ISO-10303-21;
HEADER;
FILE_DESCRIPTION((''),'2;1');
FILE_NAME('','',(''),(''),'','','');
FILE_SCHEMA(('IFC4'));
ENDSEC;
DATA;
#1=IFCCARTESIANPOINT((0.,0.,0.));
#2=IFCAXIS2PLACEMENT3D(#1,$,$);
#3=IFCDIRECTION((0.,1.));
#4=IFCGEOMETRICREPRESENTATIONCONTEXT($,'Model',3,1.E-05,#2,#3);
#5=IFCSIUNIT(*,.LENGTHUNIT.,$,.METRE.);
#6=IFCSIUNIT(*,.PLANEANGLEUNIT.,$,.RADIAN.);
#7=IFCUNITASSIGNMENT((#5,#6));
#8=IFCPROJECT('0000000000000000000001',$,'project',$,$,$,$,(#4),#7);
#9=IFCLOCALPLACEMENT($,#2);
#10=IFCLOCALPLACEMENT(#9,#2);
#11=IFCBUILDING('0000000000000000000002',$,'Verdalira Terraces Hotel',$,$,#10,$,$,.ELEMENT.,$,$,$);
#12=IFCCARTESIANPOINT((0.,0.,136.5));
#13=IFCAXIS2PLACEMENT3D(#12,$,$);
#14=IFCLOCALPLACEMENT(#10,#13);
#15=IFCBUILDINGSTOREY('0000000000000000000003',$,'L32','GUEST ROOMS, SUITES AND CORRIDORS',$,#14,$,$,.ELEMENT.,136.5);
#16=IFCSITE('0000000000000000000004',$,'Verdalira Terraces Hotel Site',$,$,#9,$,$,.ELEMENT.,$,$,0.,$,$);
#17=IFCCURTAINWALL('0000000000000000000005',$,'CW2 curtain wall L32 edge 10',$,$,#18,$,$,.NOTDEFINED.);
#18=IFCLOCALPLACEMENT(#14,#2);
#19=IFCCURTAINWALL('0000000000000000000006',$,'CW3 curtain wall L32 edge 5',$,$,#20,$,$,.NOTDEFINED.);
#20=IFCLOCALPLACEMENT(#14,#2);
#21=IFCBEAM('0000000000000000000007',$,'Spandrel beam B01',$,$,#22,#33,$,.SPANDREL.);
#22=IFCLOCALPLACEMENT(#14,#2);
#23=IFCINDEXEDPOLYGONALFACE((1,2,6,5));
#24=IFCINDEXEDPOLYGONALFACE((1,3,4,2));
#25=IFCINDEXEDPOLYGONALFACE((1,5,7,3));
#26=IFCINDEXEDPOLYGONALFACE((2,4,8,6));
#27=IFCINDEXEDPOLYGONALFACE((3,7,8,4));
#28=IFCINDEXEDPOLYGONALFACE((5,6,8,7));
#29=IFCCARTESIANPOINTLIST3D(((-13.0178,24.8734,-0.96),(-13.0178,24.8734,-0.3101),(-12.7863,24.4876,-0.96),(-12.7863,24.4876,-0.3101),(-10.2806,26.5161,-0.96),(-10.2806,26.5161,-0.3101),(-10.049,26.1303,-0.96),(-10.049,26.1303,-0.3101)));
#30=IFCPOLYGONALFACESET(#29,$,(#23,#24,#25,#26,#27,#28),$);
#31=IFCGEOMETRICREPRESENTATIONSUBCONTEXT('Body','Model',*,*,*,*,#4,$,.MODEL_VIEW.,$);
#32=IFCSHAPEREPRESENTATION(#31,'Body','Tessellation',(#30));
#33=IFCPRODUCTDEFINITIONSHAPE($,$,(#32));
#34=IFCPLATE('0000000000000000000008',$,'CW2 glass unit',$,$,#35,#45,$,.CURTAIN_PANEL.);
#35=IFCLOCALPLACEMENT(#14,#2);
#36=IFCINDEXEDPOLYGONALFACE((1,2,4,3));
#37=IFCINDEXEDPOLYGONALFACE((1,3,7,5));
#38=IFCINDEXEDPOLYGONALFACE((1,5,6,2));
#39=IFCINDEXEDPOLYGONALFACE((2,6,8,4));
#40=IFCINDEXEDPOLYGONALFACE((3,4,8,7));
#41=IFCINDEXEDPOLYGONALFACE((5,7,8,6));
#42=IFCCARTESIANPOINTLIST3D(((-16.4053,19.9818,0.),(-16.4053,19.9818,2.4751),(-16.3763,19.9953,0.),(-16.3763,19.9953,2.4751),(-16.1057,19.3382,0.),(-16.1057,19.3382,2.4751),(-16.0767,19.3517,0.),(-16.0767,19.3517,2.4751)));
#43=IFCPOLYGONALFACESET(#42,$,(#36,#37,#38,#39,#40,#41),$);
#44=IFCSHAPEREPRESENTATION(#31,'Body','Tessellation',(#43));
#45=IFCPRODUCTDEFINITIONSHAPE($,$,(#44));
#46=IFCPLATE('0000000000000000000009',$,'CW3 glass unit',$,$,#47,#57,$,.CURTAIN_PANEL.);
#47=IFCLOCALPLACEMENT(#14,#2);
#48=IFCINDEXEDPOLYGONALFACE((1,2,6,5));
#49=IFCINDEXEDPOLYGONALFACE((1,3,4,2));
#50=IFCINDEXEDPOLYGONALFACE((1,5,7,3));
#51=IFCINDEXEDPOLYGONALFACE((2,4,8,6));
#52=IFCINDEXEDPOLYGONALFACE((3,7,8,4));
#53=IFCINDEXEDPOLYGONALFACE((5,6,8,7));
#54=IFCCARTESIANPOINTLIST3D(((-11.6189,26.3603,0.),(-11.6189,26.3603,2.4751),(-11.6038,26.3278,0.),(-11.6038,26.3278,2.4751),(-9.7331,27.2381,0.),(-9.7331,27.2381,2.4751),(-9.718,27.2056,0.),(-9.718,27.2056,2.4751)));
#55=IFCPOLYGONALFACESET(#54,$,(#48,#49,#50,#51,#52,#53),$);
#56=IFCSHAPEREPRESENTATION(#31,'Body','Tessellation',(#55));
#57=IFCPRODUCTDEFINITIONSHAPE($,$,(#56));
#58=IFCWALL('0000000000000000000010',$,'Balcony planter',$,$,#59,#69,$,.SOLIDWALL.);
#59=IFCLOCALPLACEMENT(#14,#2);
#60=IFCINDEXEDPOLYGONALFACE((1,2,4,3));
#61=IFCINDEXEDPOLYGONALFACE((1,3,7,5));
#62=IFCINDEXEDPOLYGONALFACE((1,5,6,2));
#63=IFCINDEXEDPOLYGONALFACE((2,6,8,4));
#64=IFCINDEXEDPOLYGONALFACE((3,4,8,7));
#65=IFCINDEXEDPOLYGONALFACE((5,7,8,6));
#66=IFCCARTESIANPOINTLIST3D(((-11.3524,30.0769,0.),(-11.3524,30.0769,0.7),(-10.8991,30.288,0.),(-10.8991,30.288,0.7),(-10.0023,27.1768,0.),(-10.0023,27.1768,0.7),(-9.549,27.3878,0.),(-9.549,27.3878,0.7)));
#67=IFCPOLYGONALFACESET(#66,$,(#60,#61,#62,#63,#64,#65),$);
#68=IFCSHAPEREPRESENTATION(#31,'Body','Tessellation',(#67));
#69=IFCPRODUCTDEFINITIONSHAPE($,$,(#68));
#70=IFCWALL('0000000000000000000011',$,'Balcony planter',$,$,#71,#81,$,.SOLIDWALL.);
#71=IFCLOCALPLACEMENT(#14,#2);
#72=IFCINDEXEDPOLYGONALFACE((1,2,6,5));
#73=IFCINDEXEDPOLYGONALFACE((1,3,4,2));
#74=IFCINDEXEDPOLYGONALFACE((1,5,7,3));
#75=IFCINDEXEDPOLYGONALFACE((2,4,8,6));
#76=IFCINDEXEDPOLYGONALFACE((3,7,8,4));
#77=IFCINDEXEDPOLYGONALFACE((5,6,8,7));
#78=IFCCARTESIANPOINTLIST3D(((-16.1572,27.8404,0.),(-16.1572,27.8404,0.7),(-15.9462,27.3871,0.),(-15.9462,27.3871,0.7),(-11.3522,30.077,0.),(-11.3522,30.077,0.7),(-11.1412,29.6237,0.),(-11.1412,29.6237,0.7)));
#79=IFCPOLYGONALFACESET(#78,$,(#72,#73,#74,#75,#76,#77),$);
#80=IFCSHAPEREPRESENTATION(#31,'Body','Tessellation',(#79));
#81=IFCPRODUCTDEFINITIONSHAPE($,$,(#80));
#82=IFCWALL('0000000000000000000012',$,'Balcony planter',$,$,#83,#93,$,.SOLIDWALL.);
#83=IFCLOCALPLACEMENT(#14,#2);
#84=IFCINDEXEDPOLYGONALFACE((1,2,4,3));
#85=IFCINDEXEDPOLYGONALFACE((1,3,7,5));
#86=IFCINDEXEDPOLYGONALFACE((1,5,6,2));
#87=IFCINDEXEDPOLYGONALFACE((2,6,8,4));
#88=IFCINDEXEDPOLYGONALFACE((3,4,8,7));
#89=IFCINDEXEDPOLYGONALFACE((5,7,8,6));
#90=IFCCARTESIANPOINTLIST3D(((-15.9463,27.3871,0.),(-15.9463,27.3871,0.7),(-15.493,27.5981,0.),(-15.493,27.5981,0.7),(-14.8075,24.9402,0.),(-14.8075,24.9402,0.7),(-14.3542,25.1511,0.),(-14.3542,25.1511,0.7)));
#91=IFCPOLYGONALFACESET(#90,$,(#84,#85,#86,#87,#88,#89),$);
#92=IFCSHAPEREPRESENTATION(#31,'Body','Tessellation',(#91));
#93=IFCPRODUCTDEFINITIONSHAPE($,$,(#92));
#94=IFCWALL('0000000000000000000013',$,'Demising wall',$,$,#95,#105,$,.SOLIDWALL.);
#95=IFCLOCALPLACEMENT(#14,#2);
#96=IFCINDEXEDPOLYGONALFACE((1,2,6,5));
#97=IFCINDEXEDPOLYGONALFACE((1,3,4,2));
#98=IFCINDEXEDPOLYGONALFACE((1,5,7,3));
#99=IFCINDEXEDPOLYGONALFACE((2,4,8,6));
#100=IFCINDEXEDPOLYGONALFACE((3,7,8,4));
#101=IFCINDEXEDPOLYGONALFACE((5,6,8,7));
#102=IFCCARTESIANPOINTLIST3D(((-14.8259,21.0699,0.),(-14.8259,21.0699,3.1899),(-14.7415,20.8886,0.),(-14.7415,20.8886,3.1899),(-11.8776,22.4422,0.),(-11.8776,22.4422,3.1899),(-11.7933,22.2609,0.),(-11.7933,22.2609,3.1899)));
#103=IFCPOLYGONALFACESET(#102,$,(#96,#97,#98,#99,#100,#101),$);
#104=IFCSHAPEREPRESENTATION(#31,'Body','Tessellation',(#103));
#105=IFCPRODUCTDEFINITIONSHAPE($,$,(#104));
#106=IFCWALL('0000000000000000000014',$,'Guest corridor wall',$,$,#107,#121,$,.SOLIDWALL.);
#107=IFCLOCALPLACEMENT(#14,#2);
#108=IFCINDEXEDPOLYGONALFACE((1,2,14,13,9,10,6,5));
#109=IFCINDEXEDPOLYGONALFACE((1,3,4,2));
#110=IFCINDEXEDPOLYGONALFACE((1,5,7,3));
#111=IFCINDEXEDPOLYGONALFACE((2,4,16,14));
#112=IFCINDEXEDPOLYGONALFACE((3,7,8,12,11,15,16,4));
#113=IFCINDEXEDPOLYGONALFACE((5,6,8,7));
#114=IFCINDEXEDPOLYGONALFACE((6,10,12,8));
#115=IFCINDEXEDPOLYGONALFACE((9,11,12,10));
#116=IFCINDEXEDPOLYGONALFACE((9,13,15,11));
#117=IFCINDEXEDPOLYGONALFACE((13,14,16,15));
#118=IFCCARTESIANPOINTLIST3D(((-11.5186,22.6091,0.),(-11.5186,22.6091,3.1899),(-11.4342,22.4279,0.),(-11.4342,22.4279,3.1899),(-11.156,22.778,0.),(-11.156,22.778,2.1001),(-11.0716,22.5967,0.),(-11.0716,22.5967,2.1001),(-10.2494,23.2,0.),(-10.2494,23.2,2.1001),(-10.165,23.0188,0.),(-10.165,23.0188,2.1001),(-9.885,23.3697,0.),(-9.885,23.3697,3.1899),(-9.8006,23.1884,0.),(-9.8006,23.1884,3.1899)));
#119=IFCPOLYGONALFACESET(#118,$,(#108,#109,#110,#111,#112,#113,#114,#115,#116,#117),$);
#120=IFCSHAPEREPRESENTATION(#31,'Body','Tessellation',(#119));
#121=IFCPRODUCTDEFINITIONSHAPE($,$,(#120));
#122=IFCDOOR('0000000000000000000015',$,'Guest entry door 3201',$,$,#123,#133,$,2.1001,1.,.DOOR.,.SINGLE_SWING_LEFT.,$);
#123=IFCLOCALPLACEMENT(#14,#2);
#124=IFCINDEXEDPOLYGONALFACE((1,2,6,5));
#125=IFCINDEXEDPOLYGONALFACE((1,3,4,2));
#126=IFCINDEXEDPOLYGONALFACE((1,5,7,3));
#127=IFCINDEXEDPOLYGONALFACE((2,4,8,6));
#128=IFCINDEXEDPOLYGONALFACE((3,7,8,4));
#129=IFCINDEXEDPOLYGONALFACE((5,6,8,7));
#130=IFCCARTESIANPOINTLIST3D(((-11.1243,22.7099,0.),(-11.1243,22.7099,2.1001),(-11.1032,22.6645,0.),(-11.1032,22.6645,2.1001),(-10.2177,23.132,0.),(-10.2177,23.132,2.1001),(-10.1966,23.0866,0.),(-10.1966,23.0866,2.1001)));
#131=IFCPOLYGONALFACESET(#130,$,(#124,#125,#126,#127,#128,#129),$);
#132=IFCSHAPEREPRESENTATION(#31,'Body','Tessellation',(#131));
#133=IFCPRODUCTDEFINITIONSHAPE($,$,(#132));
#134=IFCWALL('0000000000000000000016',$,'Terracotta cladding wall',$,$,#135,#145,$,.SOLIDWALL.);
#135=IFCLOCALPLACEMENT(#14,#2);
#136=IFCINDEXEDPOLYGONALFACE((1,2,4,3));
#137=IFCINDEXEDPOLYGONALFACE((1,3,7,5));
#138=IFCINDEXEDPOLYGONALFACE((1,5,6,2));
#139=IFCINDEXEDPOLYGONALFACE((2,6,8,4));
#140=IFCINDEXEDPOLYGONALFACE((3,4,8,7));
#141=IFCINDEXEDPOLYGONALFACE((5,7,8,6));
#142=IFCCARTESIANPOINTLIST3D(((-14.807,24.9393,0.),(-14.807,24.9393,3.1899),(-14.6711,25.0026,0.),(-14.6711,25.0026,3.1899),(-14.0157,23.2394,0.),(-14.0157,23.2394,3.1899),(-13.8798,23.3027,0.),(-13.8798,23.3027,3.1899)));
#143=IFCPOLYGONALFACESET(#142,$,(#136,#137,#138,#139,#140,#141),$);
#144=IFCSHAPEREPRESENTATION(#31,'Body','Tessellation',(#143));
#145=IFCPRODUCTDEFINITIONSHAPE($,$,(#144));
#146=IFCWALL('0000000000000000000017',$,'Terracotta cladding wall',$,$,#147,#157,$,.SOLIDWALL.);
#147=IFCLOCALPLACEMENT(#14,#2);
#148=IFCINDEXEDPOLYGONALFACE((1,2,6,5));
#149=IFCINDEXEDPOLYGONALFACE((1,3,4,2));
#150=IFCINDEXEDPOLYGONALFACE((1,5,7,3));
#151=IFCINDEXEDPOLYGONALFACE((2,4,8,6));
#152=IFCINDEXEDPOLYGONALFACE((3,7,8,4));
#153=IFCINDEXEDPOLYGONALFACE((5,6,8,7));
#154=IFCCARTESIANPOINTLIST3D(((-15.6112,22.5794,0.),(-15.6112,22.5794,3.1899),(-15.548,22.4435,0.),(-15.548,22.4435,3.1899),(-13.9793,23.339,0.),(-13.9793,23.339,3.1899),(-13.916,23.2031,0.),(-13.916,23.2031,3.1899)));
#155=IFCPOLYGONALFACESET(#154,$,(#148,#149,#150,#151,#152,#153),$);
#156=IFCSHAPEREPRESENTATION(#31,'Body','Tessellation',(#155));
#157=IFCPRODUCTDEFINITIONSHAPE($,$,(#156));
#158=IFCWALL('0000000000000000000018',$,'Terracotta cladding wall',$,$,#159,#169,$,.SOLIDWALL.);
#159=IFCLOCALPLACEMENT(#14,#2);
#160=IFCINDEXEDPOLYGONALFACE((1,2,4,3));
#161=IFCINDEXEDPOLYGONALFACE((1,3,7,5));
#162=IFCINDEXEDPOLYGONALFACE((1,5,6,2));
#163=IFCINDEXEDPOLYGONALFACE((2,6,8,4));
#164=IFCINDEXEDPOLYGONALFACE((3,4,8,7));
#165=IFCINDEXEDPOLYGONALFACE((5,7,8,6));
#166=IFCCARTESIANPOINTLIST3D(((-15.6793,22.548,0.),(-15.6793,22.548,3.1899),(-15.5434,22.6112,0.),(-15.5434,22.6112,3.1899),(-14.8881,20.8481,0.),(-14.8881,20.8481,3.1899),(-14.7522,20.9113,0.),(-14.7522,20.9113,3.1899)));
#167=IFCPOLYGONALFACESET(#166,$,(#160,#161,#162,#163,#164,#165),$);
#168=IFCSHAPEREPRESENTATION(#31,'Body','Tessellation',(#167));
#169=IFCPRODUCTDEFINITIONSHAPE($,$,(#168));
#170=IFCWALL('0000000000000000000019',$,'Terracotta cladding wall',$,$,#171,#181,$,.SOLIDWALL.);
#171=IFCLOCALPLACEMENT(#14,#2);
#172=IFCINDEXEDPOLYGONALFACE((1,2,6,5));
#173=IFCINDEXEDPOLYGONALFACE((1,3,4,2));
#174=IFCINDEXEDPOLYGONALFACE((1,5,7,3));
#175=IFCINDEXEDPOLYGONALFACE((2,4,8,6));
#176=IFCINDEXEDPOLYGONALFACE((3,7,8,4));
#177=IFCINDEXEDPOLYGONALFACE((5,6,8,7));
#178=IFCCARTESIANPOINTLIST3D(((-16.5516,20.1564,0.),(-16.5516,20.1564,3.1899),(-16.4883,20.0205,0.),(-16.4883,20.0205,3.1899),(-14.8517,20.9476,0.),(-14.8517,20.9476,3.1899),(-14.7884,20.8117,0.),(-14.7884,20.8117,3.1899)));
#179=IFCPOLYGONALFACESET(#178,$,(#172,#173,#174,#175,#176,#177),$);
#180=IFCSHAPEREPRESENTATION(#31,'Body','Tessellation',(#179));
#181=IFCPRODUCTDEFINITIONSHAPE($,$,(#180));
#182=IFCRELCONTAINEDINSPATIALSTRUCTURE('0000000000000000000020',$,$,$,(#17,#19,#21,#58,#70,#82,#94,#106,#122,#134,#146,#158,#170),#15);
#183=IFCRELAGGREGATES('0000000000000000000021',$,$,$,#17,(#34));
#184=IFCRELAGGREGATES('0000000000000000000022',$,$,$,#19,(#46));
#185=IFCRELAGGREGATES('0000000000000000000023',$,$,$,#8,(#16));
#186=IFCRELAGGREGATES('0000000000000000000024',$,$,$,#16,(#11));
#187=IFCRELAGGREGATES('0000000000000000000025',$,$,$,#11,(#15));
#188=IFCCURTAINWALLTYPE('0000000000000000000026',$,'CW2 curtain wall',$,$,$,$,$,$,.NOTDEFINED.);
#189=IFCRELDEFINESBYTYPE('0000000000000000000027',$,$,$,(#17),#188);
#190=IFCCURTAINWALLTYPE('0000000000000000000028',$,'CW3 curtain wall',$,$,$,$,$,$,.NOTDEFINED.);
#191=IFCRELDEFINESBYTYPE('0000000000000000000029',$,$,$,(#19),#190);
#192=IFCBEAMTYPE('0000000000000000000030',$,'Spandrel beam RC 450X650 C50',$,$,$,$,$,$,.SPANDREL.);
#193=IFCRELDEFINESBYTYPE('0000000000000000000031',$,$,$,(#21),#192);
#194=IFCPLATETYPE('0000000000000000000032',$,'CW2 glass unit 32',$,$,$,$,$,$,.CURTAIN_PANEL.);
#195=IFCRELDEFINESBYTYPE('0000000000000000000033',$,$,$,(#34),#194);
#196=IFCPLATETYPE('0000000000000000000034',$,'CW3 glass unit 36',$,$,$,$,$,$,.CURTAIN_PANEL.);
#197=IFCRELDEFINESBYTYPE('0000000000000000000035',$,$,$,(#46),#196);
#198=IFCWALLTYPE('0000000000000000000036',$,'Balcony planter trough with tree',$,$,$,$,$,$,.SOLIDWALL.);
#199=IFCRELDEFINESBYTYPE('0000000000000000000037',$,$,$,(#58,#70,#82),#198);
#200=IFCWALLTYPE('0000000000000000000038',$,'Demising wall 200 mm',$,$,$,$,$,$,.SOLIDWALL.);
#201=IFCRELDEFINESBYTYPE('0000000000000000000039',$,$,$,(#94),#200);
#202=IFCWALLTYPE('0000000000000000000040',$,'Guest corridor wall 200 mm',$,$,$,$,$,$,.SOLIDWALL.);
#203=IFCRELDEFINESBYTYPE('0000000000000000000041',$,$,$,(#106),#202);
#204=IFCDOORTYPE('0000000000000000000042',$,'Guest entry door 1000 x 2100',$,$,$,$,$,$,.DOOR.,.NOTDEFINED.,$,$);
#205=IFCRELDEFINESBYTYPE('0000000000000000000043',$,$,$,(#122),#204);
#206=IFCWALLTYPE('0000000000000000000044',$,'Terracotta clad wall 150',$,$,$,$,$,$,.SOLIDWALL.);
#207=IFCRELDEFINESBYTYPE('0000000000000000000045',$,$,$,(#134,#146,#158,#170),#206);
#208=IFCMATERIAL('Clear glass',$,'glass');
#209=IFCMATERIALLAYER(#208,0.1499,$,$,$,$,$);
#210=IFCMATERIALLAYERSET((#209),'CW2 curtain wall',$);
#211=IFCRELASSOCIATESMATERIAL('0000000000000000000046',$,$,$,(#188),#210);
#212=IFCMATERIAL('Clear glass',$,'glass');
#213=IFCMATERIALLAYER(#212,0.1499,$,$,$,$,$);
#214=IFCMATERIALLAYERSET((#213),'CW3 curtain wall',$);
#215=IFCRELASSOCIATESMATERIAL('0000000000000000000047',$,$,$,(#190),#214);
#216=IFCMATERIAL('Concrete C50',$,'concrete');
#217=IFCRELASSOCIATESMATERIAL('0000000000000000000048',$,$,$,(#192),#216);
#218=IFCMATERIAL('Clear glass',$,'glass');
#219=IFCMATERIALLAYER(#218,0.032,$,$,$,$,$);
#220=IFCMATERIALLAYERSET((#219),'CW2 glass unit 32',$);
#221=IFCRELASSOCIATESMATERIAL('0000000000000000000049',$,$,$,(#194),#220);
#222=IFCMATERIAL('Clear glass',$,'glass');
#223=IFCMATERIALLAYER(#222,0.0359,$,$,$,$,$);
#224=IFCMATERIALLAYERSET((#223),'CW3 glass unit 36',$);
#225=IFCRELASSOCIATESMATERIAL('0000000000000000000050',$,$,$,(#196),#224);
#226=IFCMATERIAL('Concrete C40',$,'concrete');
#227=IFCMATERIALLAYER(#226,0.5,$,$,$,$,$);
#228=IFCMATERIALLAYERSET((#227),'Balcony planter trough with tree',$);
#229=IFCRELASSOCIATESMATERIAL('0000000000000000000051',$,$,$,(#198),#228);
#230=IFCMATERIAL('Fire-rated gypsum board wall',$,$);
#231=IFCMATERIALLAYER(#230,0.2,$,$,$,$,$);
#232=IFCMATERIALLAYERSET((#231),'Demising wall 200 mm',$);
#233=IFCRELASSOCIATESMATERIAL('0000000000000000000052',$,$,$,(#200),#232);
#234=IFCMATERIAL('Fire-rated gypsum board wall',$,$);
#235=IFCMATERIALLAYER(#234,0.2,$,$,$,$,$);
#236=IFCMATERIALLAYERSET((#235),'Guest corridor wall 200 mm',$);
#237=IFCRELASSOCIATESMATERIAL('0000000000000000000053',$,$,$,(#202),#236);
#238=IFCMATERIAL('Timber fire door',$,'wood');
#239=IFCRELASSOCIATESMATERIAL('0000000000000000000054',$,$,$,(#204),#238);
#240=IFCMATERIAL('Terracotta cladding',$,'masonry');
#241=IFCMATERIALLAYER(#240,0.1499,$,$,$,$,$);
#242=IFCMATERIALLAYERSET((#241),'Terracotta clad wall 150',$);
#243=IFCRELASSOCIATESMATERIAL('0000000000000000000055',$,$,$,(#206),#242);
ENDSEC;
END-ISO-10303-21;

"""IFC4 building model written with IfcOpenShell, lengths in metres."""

from ifc_helpers import new_model, si_unit, direction, frame, frame_2d, origin, origin_2d, place, context, subcontext, project, spatial, rectangle, extrude, material, layer, layer_set, material_profile, profile_set, type_object, element, fill, aggregate, save


model = new_model("IFC4")

# Units and contexts
model_context = context("Model", 3, precision=1e-05, world=origin(), true_north=direction((0.0, 1.0)))
body_context = subcontext(model_context, "Body", "Model", "MODEL_VIEW")
ifc_project = project(units=[si_unit("LENGTHUNIT", "METRE"), si_unit("PLANEANGLEUNIT", "RADIAN")], contexts=[model_context])

# Site, building, storey
site_placement = place(None, origin())
site = spatial("IfcSite", under=ifc_project, at=site_placement, Name="Verdalira Terraces Hotel Site", CompositionType="ELEMENT", RefElevation=0.0)
building_placement = place(site_placement, origin())
building = spatial("IfcBuilding", under=site, at=building_placement, Name="Verdalira Terraces Hotel", CompositionType="ELEMENT")
storey_placement = place(building_placement, frame((0.0, 0.0, 136.5)))
storey = spatial("IfcBuildingStorey", under=building, at=storey_placement, Name="L32", Description="GUEST ROOMS, SUITES AND CORRIDORS", CompositionType="ELEMENT", Elevation=136.5)

# Curtain wall
ifc_material_1 = material(Name="Clear glass", Category="glass")
ifc_layer_1 = layer(ifc_material_1, 0.1499)
ifc_layer_set_1 = layer_set([ifc_layer_1], Name="CW2 curtain wall")
curtain_wall_type_1 = type_object("IfcCurtainWallType", Name="CW2 curtain wall", PredefinedType="NOTDEFINED", material=ifc_layer_set_1)
curtain_wall_1_placement = place(storey_placement, origin())
curtain_wall_1 = element("IfcCurtainWall", 1, at=curtain_wall_1_placement, inside=storey, type_object=curtain_wall_type_1, Name="CW2 curtain wall L32 edge 10", PredefinedType="NOTDEFINED")

# Curtain wall
ifc_material_2 = material(Name="Clear glass", Category="glass")
ifc_layer_2 = layer(ifc_material_2, 0.1499)
ifc_layer_set_2 = layer_set([ifc_layer_2], Name="CW3 curtain wall")
curtain_wall_type_2 = type_object("IfcCurtainWallType", Name="CW3 curtain wall", PredefinedType="NOTDEFINED", material=ifc_layer_set_2)
curtain_wall_2_placement = place(storey_placement, origin())
curtain_wall_2 = element("IfcCurtainWall", 2, at=curtain_wall_2_placement, inside=storey, type_object=curtain_wall_type_2, Name="CW3 curtain wall L32 edge 5", PredefinedType="NOTDEFINED")

# Beam
ifc_material_3 = material(Name="Concrete C50", Category="concrete")
ifc_material_profile_1 = material_profile(ifc_material_3, rectangle(XDim=0.45, YDim=0.6499, at=origin_2d()), Name="RC 450X650")
ifc_profile_set_1 = profile_set([ifc_material_profile_1], Name="Concrete C50")
beam_type_1 = type_object("IfcBeamType", Name="Spandrel beam RC 450X650 C50", PredefinedType="SPANDREL", material=ifc_profile_set_1)
beam_1_placement = place(storey_placement, frame((-10.1648, 26.3232, -0.635), z_axis=(-0.857432, -0.514597, 0.0), x_axis=(0.514597, -0.857432, 0.0)))
element("IfcBeam", 3, at=beam_1_placement, inside=storey, type_object=beam_type_1, Name="Spandrel beam B01", PredefinedType="SPANDREL", context=body_context, shape_type="SweptSolid", body=[
    extrude(rectangle(XDim=0.45, YDim=0.6499, at=origin_2d()), origin(), (0.0, 0.0, 1.0), 3.1924),
])

# Plates
ifc_material_4 = material(Name="Clear glass", Category="glass")
ifc_layer_3 = layer(ifc_material_4, 0.032)
ifc_layer_set_3 = layer_set([ifc_layer_3], Name="CW2 glass unit 32")
plate_type_1 = type_object("IfcPlateType", Name="CW2 glass unit 32", PredefinedType="CURTAIN_PANEL", material=ifc_layer_set_3)
plate_1_placement = place(storey_placement, frame((-16.241, 19.6667, 0.0), z_axis=(0.0, 0.0, 1.0), x_axis=(0.421985, -0.906603, 0.0)))
plate_1 = element("IfcPlate", 4, at=plate_1_placement, type_object=plate_type_1, Name="CW2 glass unit", PredefinedType="CURTAIN_PANEL", context=body_context, shape_type="SweptSolid", body=[
    extrude(rectangle(XDim=0.71, YDim=0.032, at=origin_2d()), origin(), (0.0, 0.0, 1.0), 2.4751),
])
aggregate(curtain_wall_1, [plate_1])
ifc_material_5 = material(Name="Clear glass", Category="glass")
ifc_layer_4 = layer(ifc_material_5, 0.0359)
ifc_layer_set_4 = layer_set([ifc_layer_4], Name="CW3 glass unit 36")
plate_type_2 = type_object("IfcPlateType", Name="CW3 glass unit 36", PredefinedType="CURTAIN_PANEL", material=ifc_layer_set_4)
plate_2_placement = place(storey_placement, frame((-10.6685, 26.783, 0.0), z_axis=(0.0, 0.0, 1.0), x_axis=(-0.906603, -0.421985, 0.0)))
plate_2 = element("IfcPlate", 5, at=plate_2_placement, type_object=plate_type_2, Name="CW3 glass unit", PredefinedType="CURTAIN_PANEL", context=body_context, shape_type="SweptSolid", body=[
    extrude(rectangle(XDim=2.0801, YDim=0.0359, at=origin_2d()), origin(), (0.0, 0.0, 1.0), 2.4751),
])
aggregate(curtain_wall_2, [plate_2])

# Walls
ifc_material_6 = material(Name="Concrete C40", Category="concrete")
ifc_layer_5 = layer(ifc_material_6, 0.5)
ifc_layer_set_5 = layer_set([ifc_layer_5], Name="Balcony planter trough with tree")
wall_type_1 = type_object("IfcWallType", Name="Balcony planter trough with tree", PredefinedType="SOLIDWALL", material=ifc_layer_set_5)
wall_1_placement = place(storey_placement, frame((-9.7756, 27.2822, 0.0), z_axis=(0.0, 0.0, 1.0), x_axis=(-0.422037, 0.906579, 0.0)))
element("IfcWall", 6, at=wall_1_placement, inside=storey, type_object=wall_type_1, Name="Balcony planter", PredefinedType="SOLIDWALL", context=body_context, shape_type="SweptSolid", body=[
    extrude(rectangle(XDim=3.199, YDim=0.5, at=frame_2d((1.5996, 0.0))), origin(), (0.0, 0.0, 1.0), 0.7),
])
wall_2_placement = place(storey_placement, frame((-11.2468, 29.8503, 0.0), z_axis=(0.0, 0.0, 1.0), x_axis=(-0.906597, -0.421998, 0.0)))
element("IfcWall", 7, at=wall_2_placement, inside=storey, type_object=wall_type_1, Name="Balcony planter", PredefinedType="SOLIDWALL", context=body_context, shape_type="SweptSolid", body=[
    extrude(rectangle(XDim=5.3, YDim=0.5, at=frame_2d((2.6499, 0.0))), origin(), (0.0, 0.0, 1.0), 0.7),
])
wall_3_placement = place(storey_placement, frame((-15.7197, 27.4927, 0.0), z_axis=(0.0, 0.0, 1.0), x_axis=(0.421964, -0.906612, 0.0)))
element("IfcWall", 8, at=wall_3_placement, inside=storey, type_object=wall_type_1, Name="Balcony planter", PredefinedType="SOLIDWALL", context=body_context, shape_type="SweptSolid", body=[
    extrude(rectangle(XDim=2.699, YDim=0.5, at=frame_2d((1.3496, 0.0))), origin(), (0.0, 0.0, 1.0), 0.7),
])
ifc_material_7 = material(Name="Fire-rated gypsum board wall")
ifc_layer_6 = layer(ifc_material_7, 0.2)
ifc_layer_set_6 = layer_set([ifc_layer_6], Name="Demising wall 200 mm")
wall_type_2 = type_object("IfcWallType", Name="Demising wall 200 mm", PredefinedType="SOLIDWALL", material=ifc_layer_set_6)
wall_4_placement = place(storey_placement, frame((-11.8354, 22.3516, 0.0), z_axis=(0.0, 0.0, 1.0), x_axis=(-0.906599, -0.421993, 0.0)))
element("IfcWall", 9, at=wall_4_placement, inside=storey, type_object=wall_type_2, Name="Demising wall", PredefinedType="SOLIDWALL", context=body_context, shape_type="SweptSolid", body=[
    extrude(rectangle(XDim=3.252, YDim=0.2, at=frame_2d((1.626, 0.0))), origin(), (0.0, 0.0, 1.0), 3.1899),
])

# Wall, opening, door
ifc_material_8 = material(Name="Fire-rated gypsum board wall")
ifc_layer_7 = layer(ifc_material_8, 0.2)
ifc_layer_set_7 = layer_set([ifc_layer_7], Name="Guest corridor wall 200 mm")
wall_type_3 = type_object("IfcWallType", Name="Guest corridor wall 200 mm", PredefinedType="SOLIDWALL", material=ifc_layer_set_7)
wall_5_placement = place(storey_placement, frame((-11.4763, 22.5186, 0.0), z_axis=(0.0, 0.0, 1.0), x_axis=(0.90657, 0.422055, 0.0)))
wall_5 = element("IfcWall", 10, at=wall_5_placement, inside=storey, type_object=wall_type_3, Name="Guest corridor wall", PredefinedType="SOLIDWALL", context=body_context, shape_type="SweptSolid", body=[
    extrude(rectangle(XDim=1.802, YDim=0.2, at=frame_2d((0.9009, 0.0))), origin(), (0.0, 0.0, 1.0), 3.1899),
])
opening_1_placement = place(wall_5_placement, frame((0.3999, 0.0, 0.0)))
opening_1 = element("IfcOpeningElement", 11, at=opening_1_placement, cuts=wall_5, PredefinedType="OPENING", context=body_context, shape_type="SweptSolid", body=[
    extrude(rectangle(XDim=1.0, YDim=2.1001, at=frame_2d((0.5, 1.05))), frame((0.0, 0.1099, 0.0), z_axis=(0.0, -1.0, 0.0), x_axis=(1.0, 0.0, 0.0)), (0.0, 0.0, 1.0), 0.22),
])
ifc_material_9 = material(Name="Timber fire door", Category="wood")
door_type_1 = type_object("IfcDoorType", Name="Guest entry door 1000 x 2100", OperationType="NOTDEFINED", PredefinedType="DOOR", material=ifc_material_9)
door_1_placement = place(opening_1_placement, origin())
door_1 = element("IfcDoor", 12, at=door_1_placement, inside=storey, type_object=door_type_1, Name="Guest entry door 3201", OperationType="SINGLE_SWING_LEFT", OverallHeight=2.1001, OverallWidth=1.0, PredefinedType="DOOR", context=body_context, shape_type="SweptSolid", body=[
    extrude(rectangle(XDim=1.0, YDim=2.1001, at=frame_2d((0.5, 1.05))), frame((0.0, 0.0249, 0.0), z_axis=(0.0, -1.0, 0.0), x_axis=(1.0, 0.0, 0.0)), (0.0, 0.0, 1.0), 0.05),
])
fill(opening_1, door_1)

# Walls
ifc_material_10 = material(Name="Terracotta cladding", Category="masonry")
ifc_layer_8 = layer(ifc_material_10, 0.1499)
ifc_layer_set_8 = layer_set([ifc_layer_8], Name="Terracotta clad wall 150")
wall_type_4 = type_object("IfcWallType", Name="Terracotta clad wall 150", PredefinedType="SOLIDWALL", material=ifc_layer_set_8)
wall_6_placement = place(storey_placement, frame((-14.739, 24.9709, 0.0), z_axis=(0.0, 0.0, 1.0), x_axis=(0.421987, -0.906602, 0.0)))
element("IfcWall", 13, at=wall_6_placement, inside=storey, type_object=wall_type_4, Name="Terracotta cladding wall", PredefinedType="SOLIDWALL", context=body_context, shape_type="SweptSolid", body=[
    extrude(rectangle(XDim=1.875, YDim=0.1499, at=frame_2d((0.9375, 0.0))), origin(), (0.0, 0.0, 1.0), 3.1899),
])
wall_7_placement = place(storey_placement, frame((-13.9478, 23.271, 0.0), z_axis=(0.0, 0.0, 1.0), x_axis=(-0.906609, -0.421972, 0.0)))
element("IfcWall", 14, at=wall_7_placement, inside=storey, type_object=wall_type_4, Name="Terracotta cladding wall", PredefinedType="SOLIDWALL", context=body_context, shape_type="SweptSolid", body=[
    extrude(rectangle(XDim=1.8, YDim=0.1499, at=frame_2d((0.8999, 0.0))), origin(), (0.0, 0.0, 1.0), 3.1899),
])
for number, where, z_axis, x_axis, name in (
    (15, (-15.6113, 22.5796, 0.0), (0.0, 0.0, 1.0), (0.421987, -0.906602, 0.0), "Terracotta cladding wall"),
    (16, (-14.8201, 20.8796, 0.0), (0.0, 0.0, 1.0), (-0.906602, -0.421987, 0.0), "Terracotta cladding wall"),
):
    element("IfcWall", number, at=place(storey_placement, frame(where, z_axis=z_axis, x_axis=x_axis)), inside=storey, type_object=wall_type_4, Name=name, PredefinedType="SOLIDWALL", context=body_context, shape_type="SweptSolid", body=[
        extrude(rectangle(XDim=1.875, YDim=0.1499, at=frame_2d((0.9375, 0.0))), origin(), (0.0, 0.0, 1.0), 3.1899),
    ])

save(model, "model.ifc")
